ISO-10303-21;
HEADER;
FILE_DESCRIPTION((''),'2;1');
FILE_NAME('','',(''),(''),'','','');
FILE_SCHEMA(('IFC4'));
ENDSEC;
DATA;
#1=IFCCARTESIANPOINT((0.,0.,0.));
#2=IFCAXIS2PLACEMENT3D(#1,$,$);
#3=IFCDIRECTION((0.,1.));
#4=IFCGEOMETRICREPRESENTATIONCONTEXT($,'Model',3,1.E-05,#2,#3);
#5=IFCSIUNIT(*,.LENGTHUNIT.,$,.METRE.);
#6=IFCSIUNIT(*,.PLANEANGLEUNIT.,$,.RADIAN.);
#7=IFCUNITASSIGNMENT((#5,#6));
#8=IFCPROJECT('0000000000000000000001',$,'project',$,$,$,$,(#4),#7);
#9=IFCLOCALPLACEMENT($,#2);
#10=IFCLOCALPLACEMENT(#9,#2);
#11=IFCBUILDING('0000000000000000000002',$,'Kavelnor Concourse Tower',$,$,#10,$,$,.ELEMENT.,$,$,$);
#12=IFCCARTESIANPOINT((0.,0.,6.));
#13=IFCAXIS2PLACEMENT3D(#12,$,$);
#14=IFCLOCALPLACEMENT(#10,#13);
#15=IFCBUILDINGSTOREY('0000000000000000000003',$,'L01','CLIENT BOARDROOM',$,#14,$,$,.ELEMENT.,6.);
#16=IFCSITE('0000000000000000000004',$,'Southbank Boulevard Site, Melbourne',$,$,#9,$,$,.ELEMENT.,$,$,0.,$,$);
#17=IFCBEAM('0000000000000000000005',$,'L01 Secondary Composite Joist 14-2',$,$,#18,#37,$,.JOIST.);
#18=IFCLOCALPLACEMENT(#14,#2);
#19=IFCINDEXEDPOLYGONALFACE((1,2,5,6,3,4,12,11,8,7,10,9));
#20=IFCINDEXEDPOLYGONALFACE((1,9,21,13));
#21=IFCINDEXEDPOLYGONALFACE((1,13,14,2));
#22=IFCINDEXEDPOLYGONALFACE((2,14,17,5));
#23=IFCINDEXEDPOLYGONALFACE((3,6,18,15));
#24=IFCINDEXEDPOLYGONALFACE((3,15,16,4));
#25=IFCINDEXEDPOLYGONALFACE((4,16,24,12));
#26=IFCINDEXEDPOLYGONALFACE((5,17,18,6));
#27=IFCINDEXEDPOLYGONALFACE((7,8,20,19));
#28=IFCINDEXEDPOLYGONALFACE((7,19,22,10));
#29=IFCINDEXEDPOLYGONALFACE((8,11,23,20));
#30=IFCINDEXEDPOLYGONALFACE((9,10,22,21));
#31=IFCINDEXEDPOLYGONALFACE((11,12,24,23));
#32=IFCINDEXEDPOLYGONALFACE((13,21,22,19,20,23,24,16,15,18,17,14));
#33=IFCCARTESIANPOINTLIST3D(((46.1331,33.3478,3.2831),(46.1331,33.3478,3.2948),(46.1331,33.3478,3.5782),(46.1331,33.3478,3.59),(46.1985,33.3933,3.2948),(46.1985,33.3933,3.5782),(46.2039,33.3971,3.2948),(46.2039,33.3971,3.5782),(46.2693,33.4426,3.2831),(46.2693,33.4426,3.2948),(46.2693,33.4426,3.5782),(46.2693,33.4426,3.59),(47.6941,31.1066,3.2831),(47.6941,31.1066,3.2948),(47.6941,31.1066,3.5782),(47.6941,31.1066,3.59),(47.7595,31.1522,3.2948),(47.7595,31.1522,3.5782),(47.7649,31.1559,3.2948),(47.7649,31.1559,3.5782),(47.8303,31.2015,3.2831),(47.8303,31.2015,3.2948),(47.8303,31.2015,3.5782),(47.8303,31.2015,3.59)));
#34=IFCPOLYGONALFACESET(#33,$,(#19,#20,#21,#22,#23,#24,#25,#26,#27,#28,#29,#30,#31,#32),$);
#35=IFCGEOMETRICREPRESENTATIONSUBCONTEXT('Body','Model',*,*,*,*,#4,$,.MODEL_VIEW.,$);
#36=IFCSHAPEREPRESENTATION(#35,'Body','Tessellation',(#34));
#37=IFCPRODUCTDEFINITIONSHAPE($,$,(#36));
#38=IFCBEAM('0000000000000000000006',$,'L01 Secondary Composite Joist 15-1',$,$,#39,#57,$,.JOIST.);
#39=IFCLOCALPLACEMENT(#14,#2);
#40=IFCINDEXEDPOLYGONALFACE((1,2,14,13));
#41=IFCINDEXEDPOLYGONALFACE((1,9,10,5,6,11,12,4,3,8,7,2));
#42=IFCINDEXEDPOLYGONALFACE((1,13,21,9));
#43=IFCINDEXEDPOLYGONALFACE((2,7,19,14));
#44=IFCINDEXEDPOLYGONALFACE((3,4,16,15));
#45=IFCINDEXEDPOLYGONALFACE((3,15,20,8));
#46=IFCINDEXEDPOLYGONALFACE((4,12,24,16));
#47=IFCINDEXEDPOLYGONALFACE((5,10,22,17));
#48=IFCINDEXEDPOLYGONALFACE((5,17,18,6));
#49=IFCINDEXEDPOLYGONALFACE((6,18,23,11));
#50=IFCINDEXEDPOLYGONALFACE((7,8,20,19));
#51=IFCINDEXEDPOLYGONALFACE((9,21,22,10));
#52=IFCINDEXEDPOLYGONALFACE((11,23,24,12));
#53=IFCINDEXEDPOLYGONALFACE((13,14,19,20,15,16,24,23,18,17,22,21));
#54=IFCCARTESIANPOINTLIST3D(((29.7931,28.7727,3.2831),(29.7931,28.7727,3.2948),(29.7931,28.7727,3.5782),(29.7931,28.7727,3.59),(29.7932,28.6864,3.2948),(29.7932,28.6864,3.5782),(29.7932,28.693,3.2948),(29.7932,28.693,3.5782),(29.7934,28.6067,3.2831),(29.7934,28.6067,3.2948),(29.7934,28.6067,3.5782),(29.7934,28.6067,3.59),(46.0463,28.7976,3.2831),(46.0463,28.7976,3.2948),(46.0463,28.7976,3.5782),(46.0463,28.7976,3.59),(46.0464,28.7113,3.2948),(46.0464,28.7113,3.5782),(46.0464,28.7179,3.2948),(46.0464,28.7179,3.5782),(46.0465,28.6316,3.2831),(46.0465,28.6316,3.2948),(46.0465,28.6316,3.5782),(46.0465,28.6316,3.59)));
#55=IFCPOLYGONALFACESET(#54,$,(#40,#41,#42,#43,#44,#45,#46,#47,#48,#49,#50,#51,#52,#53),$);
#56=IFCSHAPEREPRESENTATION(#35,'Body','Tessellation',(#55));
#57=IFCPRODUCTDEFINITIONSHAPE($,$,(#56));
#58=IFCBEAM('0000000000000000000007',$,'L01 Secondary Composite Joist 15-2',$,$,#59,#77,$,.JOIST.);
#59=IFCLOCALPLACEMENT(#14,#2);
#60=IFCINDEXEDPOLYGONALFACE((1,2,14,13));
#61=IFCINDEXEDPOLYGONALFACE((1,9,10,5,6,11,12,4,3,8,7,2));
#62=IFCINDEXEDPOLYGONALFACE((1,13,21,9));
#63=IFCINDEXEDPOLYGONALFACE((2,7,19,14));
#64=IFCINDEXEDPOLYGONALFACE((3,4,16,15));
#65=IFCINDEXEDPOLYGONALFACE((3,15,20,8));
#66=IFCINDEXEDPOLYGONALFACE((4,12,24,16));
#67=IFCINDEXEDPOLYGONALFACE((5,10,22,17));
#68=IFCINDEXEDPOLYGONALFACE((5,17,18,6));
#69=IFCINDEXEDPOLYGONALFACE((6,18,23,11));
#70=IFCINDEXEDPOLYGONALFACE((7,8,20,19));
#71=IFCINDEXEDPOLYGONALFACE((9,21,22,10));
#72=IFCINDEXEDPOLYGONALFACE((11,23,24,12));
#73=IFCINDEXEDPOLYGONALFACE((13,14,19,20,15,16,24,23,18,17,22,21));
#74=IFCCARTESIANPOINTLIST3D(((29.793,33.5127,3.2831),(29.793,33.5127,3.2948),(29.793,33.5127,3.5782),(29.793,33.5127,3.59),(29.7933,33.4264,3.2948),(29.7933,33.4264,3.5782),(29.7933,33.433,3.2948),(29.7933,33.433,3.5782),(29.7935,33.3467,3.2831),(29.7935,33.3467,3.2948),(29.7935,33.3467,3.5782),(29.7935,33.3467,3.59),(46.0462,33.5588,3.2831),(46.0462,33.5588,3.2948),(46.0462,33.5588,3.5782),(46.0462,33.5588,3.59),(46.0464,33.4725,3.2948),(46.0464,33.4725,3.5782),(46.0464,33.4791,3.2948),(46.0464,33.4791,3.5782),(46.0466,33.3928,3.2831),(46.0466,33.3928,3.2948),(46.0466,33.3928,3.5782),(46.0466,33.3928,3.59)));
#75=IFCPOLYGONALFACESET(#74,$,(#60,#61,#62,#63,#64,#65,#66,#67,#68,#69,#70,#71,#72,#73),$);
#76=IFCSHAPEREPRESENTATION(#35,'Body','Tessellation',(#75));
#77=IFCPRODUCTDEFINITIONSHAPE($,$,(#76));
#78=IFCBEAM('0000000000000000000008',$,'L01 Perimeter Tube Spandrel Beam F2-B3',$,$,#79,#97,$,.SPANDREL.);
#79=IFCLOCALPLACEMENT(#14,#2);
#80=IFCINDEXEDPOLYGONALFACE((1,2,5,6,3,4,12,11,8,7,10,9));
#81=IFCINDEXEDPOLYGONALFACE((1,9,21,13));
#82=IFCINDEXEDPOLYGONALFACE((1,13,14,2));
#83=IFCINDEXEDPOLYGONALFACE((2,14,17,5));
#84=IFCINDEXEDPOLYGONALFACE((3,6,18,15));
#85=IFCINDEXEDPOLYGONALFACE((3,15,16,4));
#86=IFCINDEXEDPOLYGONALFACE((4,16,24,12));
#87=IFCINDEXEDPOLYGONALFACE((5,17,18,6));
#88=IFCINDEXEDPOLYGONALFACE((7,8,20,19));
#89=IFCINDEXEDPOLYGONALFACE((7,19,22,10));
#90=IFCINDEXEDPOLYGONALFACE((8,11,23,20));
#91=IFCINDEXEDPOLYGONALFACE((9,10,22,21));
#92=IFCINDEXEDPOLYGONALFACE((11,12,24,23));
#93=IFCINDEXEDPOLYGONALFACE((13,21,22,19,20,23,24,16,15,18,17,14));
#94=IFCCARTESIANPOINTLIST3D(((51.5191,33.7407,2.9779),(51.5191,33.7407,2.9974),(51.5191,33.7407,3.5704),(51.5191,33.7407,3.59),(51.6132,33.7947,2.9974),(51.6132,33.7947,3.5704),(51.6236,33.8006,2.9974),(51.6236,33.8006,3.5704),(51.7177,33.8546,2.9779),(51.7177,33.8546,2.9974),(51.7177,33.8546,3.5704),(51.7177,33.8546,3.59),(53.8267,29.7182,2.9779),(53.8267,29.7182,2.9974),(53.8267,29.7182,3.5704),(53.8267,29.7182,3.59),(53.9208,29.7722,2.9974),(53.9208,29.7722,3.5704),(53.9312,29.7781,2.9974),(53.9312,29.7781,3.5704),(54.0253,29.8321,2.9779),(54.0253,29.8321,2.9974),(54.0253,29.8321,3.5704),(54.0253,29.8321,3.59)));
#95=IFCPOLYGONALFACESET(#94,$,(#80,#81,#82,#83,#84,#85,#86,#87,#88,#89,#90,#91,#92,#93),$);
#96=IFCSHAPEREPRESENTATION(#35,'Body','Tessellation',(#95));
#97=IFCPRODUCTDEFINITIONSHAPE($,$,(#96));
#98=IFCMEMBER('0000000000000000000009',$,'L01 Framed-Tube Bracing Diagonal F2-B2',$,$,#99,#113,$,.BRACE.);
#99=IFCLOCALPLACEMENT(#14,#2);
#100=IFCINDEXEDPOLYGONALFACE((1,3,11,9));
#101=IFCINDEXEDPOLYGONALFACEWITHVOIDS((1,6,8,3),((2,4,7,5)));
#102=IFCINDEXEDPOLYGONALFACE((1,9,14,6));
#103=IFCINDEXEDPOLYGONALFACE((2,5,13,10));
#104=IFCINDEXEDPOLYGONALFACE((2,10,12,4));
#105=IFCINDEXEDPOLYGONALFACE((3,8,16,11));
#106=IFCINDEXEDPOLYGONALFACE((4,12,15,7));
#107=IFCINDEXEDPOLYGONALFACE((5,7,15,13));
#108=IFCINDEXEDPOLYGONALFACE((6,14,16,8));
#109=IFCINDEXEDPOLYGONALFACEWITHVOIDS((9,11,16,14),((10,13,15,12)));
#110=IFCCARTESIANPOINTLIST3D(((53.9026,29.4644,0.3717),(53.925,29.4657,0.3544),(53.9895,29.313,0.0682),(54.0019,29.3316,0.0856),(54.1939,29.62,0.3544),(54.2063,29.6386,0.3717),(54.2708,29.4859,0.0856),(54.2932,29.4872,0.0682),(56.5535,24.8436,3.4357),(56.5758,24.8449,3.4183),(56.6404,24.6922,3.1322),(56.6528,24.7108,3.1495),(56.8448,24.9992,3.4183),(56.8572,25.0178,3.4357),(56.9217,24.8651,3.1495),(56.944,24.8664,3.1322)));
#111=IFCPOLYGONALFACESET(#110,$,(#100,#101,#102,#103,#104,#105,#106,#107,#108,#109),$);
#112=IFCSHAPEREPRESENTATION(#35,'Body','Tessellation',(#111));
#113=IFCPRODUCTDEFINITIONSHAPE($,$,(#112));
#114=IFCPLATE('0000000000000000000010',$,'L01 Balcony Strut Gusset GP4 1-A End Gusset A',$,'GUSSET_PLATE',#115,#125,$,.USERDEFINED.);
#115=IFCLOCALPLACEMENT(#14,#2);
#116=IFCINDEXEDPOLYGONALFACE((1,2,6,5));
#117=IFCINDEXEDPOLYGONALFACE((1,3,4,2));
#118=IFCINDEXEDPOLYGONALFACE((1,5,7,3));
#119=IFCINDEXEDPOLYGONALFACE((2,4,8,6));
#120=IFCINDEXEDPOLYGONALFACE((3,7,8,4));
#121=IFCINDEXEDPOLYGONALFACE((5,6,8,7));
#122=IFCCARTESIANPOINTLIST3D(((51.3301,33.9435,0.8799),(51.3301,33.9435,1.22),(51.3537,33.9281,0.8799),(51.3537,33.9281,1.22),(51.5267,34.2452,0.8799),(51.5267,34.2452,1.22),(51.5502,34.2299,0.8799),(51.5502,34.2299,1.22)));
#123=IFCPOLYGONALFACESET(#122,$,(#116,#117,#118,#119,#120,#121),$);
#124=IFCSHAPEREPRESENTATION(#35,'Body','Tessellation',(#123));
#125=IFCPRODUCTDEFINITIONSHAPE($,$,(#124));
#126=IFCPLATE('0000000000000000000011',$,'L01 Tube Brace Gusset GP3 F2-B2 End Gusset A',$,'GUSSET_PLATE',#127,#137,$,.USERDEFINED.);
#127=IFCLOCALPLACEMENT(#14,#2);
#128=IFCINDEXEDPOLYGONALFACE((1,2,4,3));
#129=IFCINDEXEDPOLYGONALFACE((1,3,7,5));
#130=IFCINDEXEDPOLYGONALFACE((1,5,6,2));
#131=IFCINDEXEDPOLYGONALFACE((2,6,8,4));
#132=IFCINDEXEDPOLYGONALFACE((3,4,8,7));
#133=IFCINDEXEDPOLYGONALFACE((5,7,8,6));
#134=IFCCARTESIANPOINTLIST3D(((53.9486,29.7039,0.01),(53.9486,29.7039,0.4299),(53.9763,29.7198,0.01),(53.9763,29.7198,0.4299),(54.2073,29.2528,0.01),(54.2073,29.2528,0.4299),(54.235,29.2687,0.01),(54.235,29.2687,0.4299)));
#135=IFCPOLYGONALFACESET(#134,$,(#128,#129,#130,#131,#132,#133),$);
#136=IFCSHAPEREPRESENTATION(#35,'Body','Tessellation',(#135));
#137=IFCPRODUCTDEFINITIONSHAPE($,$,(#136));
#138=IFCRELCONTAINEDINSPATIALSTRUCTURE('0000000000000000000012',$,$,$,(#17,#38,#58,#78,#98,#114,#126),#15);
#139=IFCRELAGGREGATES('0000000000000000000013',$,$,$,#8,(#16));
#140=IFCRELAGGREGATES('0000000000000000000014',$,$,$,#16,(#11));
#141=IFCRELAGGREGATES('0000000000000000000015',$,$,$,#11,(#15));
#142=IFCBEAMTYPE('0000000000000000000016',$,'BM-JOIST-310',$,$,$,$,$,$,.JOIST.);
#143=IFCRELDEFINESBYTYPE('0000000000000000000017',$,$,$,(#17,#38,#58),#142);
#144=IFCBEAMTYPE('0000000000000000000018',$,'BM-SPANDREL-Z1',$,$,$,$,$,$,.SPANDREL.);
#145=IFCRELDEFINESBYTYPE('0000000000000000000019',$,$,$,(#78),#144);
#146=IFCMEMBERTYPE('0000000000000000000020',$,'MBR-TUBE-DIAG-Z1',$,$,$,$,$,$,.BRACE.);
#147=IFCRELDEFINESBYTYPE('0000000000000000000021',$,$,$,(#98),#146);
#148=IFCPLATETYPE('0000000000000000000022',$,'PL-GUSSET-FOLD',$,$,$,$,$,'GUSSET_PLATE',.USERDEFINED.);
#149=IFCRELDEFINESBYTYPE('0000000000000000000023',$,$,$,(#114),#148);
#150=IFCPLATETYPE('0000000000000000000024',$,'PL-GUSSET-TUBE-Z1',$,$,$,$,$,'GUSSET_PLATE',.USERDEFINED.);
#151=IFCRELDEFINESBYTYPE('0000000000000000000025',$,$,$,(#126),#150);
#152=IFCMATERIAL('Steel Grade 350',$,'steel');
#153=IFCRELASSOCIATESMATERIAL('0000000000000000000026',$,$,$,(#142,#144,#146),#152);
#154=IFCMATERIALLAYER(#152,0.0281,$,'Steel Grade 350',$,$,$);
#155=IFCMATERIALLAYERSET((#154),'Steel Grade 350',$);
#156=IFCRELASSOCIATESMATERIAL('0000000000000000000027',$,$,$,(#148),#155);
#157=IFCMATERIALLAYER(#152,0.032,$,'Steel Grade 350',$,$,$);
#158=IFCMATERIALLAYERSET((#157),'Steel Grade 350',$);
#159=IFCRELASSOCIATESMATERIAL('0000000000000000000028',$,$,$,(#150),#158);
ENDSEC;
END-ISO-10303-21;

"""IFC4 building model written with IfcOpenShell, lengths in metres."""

from ifc_helpers import new_model, si_unit, direction, frame, origin, origin_2d, place, context, subcontext, project, spatial, rectangle, hollow_rectangle, i_section, extrude, material, layer, layer_set, material_profile, profile_set, type_object, element, save


model = new_model("IFC4")

# Units and contexts
model_context = context("Model", 3, precision=1e-05, world=origin(), true_north=direction((0.0, 1.0)))
body_context = subcontext(model_context, "Body", "Model", "MODEL_VIEW")
ifc_project = project(units=[si_unit("LENGTHUNIT", "METRE"), si_unit("PLANEANGLEUNIT", "RADIAN")], contexts=[model_context])

# Site, building, storey
site_placement = place(None, origin())
site = spatial("IfcSite", under=ifc_project, at=site_placement, Name="Southbank Boulevard Site, Melbourne", CompositionType="ELEMENT", RefElevation=0.0)
building_placement = place(site_placement, origin())
building = spatial("IfcBuilding", under=site, at=building_placement, Name="Kavelnor Concourse Tower", CompositionType="ELEMENT")
storey_placement = place(building_placement, frame((0.0, 0.0, 6.0)))
storey = spatial("IfcBuildingStorey", under=building, at=storey_placement, Name="L01", Description="CLIENT BOARDROOM", CompositionType="ELEMENT", Elevation=6.0)

# Shared definitions
ifc_material = material(Name="Steel Grade 350", Category="steel")

# Beams
ifc_material_profile_1 = material_profile(ifc_material, i_section(OverallWidth=0.166, OverallDepth=0.3069, WebThickness=0.0066, FlangeThickness=0.0117, at=origin_2d()), Name="310UB46")
ifc_profile_set_1 = profile_set([ifc_material_profile_1], Name="Steel Grade 350")
beam_type_1 = type_object("IfcBeamType", Name="BM-JOIST-310", PredefinedType="JOIST", material=ifc_profile_set_1)
beam_1_placement = place(storey_placement, frame((47.7622, 31.1541, 3.4365), z_axis=(-0.571541, 0.820573, 0.0), x_axis=(-0.820573, -0.571541, 0.0)))
element("IfcBeam", 1, at=beam_1_placement, inside=storey, type_object=beam_type_1, Name="L01 Secondary Composite Joist 14-2", PredefinedType="JOIST", context=body_context, shape_type="SweptSolid", body=[
    extrude(i_section(OverallWidth=0.166, OverallDepth=0.3069, WebThickness=0.0066, FlangeThickness=0.0117, at=origin_2d()), origin(), (0.0, 0.0, 1.0), 2.7312),
])
for number, where, z_axis, x_axis, name in (
    (2, (46.0464, 28.7146, 3.4365), (-0.999999, -0.001532, 0.0), (0.001532, -0.999999, 0.0), "L01 Secondary Composite Joist 15-1"),
    (3, (46.0464, 33.4758, 3.4365), (-0.999996, -0.002839, 0.0), (0.002839, -0.999996, 0.0), "L01 Secondary Composite Joist 15-2"),
):
    element("IfcBeam", number, at=place(storey_placement, frame(where, z_axis=z_axis, x_axis=x_axis)), inside=storey, type_object=beam_type_1, Name=name, PredefinedType="JOIST", context=body_context, shape_type="SweptSolid", body=[
        extrude(i_section(OverallWidth=0.166, OverallDepth=0.3069, WebThickness=0.0066, FlangeThickness=0.0117, at=origin_2d()), origin(), (0.0, 0.0, 1.0), 16.2532),
    ])
ifc_material_profile_2 = material_profile(ifc_material, i_section(OverallWidth=0.229, OverallDepth=0.6121, WebThickness=0.012, FlangeThickness=0.0195, at=origin_2d()), Name="610UB125")
ifc_profile_set_2 = profile_set([ifc_material_profile_2], Name="Steel Grade 350")
beam_type_2 = type_object("IfcBeamType", Name="BM-SPANDREL-Z1", PredefinedType="SPANDREL", material=ifc_profile_set_2)
beam_2_placement = place(storey_placement, frame((53.926, 29.7751, 3.2839), z_axis=(-0.497612, 0.8674, 0.0), x_axis=(-0.8674, -0.497612, 0.0)))
element("IfcBeam", 4, at=beam_2_placement, inside=storey, type_object=beam_type_2, Name="L01 Perimeter Tube Spandrel Beam F2-B3", PredefinedType="SPANDREL", context=body_context, shape_type="SweptSolid", body=[
    extrude(i_section(OverallWidth=0.229, OverallDepth=0.6121, WebThickness=0.012, FlangeThickness=0.0195, at=origin_2d()), origin(), (0.0, 0.0, 1.0), 4.6375),
])

# Member
ifc_material_profile_3 = material_profile(ifc_material, hollow_rectangle(XDim=0.3501, YDim=0.3501, WallThickness=0.02, at=origin_2d()), Name="SHS 350x350x20")
ifc_profile_set_3 = profile_set([ifc_material_profile_3], Name="Steel Grade 350")
member_type = type_object("IfcMemberType", Name="MBR-TUBE-DIAG-Z1", PredefinedType="BRACE", material=ifc_profile_set_3)
member_placement = place(storey_placement, frame((54.0979, 29.4758, 0.22), z_axis=(0.431352, -0.751907, 0.49857), x_axis=(0.867401, 0.497609, 0.0)))
element("IfcMember", 5, at=member_placement, inside=storey, type_object=member_type, Name="L01 Framed-Tube Bracing Diagonal F2-B2", PredefinedType="BRACE", context=body_context, shape_type="SweptSolid", body=[
    extrude(hollow_rectangle(XDim=0.3501, YDim=0.3501, WallThickness=0.02, at=origin_2d()), origin(), (0.0, 0.0, 1.0), 6.1455),
])

# Plates
ifc_layer_1 = layer(ifc_material, 0.0281, Name="Steel Grade 350")
ifc_layer_set_1 = layer_set([ifc_layer_1], Name="Steel Grade 350")
plate_type_1 = type_object("IfcPlateType", Name="PL-GUSSET-FOLD", ElementType="GUSSET_PLATE", PredefinedType="USERDEFINED", material=ifc_layer_set_1)
plate_1_placement = place(storey_placement, frame((51.4402, 34.0867, 0.8799), z_axis=(0.0, 0.0, 1.0), x_axis=(0.54581, 0.837909, 0.0)))
element("IfcPlate", 6, at=plate_1_placement, inside=storey, type_object=plate_type_1, Name="L01 Balcony Strut Gusset GP4 1-A End Gusset A", ObjectType="GUSSET_PLATE", PredefinedType="USERDEFINED", context=body_context, shape_type="SweptSolid", body=[
    extrude(rectangle(XDim=0.3601, YDim=0.0281, at=origin_2d()), origin(), (0.0, 0.0, 1.0), 0.3401),
])
ifc_layer_2 = layer(ifc_material, 0.032, Name="Steel Grade 350")
ifc_layer_set_2 = layer_set([ifc_layer_2], Name="Steel Grade 350")
plate_type_2 = type_object("IfcPlateType", Name="PL-GUSSET-TUBE-Z1", ElementType="GUSSET_PLATE", PredefinedType="USERDEFINED", material=ifc_layer_set_2)
plate_2_placement = place(storey_placement, frame((54.0918, 29.4863, 0.01), z_axis=(0.0, 0.0, 1.0), x_axis=(0.49758, -0.867418, 0.0)))
element("IfcPlate", 7, at=plate_2_placement, inside=storey, type_object=plate_type_2, Name="L01 Tube Brace Gusset GP3 F2-B2 End Gusset A", ObjectType="GUSSET_PLATE", PredefinedType="USERDEFINED", context=body_context, shape_type="SweptSolid", body=[
    extrude(rectangle(XDim=0.52, YDim=0.032, at=origin_2d()), origin(), (0.0, 0.0, 1.0), 0.4199),
])

save(model, "model.ifc")
